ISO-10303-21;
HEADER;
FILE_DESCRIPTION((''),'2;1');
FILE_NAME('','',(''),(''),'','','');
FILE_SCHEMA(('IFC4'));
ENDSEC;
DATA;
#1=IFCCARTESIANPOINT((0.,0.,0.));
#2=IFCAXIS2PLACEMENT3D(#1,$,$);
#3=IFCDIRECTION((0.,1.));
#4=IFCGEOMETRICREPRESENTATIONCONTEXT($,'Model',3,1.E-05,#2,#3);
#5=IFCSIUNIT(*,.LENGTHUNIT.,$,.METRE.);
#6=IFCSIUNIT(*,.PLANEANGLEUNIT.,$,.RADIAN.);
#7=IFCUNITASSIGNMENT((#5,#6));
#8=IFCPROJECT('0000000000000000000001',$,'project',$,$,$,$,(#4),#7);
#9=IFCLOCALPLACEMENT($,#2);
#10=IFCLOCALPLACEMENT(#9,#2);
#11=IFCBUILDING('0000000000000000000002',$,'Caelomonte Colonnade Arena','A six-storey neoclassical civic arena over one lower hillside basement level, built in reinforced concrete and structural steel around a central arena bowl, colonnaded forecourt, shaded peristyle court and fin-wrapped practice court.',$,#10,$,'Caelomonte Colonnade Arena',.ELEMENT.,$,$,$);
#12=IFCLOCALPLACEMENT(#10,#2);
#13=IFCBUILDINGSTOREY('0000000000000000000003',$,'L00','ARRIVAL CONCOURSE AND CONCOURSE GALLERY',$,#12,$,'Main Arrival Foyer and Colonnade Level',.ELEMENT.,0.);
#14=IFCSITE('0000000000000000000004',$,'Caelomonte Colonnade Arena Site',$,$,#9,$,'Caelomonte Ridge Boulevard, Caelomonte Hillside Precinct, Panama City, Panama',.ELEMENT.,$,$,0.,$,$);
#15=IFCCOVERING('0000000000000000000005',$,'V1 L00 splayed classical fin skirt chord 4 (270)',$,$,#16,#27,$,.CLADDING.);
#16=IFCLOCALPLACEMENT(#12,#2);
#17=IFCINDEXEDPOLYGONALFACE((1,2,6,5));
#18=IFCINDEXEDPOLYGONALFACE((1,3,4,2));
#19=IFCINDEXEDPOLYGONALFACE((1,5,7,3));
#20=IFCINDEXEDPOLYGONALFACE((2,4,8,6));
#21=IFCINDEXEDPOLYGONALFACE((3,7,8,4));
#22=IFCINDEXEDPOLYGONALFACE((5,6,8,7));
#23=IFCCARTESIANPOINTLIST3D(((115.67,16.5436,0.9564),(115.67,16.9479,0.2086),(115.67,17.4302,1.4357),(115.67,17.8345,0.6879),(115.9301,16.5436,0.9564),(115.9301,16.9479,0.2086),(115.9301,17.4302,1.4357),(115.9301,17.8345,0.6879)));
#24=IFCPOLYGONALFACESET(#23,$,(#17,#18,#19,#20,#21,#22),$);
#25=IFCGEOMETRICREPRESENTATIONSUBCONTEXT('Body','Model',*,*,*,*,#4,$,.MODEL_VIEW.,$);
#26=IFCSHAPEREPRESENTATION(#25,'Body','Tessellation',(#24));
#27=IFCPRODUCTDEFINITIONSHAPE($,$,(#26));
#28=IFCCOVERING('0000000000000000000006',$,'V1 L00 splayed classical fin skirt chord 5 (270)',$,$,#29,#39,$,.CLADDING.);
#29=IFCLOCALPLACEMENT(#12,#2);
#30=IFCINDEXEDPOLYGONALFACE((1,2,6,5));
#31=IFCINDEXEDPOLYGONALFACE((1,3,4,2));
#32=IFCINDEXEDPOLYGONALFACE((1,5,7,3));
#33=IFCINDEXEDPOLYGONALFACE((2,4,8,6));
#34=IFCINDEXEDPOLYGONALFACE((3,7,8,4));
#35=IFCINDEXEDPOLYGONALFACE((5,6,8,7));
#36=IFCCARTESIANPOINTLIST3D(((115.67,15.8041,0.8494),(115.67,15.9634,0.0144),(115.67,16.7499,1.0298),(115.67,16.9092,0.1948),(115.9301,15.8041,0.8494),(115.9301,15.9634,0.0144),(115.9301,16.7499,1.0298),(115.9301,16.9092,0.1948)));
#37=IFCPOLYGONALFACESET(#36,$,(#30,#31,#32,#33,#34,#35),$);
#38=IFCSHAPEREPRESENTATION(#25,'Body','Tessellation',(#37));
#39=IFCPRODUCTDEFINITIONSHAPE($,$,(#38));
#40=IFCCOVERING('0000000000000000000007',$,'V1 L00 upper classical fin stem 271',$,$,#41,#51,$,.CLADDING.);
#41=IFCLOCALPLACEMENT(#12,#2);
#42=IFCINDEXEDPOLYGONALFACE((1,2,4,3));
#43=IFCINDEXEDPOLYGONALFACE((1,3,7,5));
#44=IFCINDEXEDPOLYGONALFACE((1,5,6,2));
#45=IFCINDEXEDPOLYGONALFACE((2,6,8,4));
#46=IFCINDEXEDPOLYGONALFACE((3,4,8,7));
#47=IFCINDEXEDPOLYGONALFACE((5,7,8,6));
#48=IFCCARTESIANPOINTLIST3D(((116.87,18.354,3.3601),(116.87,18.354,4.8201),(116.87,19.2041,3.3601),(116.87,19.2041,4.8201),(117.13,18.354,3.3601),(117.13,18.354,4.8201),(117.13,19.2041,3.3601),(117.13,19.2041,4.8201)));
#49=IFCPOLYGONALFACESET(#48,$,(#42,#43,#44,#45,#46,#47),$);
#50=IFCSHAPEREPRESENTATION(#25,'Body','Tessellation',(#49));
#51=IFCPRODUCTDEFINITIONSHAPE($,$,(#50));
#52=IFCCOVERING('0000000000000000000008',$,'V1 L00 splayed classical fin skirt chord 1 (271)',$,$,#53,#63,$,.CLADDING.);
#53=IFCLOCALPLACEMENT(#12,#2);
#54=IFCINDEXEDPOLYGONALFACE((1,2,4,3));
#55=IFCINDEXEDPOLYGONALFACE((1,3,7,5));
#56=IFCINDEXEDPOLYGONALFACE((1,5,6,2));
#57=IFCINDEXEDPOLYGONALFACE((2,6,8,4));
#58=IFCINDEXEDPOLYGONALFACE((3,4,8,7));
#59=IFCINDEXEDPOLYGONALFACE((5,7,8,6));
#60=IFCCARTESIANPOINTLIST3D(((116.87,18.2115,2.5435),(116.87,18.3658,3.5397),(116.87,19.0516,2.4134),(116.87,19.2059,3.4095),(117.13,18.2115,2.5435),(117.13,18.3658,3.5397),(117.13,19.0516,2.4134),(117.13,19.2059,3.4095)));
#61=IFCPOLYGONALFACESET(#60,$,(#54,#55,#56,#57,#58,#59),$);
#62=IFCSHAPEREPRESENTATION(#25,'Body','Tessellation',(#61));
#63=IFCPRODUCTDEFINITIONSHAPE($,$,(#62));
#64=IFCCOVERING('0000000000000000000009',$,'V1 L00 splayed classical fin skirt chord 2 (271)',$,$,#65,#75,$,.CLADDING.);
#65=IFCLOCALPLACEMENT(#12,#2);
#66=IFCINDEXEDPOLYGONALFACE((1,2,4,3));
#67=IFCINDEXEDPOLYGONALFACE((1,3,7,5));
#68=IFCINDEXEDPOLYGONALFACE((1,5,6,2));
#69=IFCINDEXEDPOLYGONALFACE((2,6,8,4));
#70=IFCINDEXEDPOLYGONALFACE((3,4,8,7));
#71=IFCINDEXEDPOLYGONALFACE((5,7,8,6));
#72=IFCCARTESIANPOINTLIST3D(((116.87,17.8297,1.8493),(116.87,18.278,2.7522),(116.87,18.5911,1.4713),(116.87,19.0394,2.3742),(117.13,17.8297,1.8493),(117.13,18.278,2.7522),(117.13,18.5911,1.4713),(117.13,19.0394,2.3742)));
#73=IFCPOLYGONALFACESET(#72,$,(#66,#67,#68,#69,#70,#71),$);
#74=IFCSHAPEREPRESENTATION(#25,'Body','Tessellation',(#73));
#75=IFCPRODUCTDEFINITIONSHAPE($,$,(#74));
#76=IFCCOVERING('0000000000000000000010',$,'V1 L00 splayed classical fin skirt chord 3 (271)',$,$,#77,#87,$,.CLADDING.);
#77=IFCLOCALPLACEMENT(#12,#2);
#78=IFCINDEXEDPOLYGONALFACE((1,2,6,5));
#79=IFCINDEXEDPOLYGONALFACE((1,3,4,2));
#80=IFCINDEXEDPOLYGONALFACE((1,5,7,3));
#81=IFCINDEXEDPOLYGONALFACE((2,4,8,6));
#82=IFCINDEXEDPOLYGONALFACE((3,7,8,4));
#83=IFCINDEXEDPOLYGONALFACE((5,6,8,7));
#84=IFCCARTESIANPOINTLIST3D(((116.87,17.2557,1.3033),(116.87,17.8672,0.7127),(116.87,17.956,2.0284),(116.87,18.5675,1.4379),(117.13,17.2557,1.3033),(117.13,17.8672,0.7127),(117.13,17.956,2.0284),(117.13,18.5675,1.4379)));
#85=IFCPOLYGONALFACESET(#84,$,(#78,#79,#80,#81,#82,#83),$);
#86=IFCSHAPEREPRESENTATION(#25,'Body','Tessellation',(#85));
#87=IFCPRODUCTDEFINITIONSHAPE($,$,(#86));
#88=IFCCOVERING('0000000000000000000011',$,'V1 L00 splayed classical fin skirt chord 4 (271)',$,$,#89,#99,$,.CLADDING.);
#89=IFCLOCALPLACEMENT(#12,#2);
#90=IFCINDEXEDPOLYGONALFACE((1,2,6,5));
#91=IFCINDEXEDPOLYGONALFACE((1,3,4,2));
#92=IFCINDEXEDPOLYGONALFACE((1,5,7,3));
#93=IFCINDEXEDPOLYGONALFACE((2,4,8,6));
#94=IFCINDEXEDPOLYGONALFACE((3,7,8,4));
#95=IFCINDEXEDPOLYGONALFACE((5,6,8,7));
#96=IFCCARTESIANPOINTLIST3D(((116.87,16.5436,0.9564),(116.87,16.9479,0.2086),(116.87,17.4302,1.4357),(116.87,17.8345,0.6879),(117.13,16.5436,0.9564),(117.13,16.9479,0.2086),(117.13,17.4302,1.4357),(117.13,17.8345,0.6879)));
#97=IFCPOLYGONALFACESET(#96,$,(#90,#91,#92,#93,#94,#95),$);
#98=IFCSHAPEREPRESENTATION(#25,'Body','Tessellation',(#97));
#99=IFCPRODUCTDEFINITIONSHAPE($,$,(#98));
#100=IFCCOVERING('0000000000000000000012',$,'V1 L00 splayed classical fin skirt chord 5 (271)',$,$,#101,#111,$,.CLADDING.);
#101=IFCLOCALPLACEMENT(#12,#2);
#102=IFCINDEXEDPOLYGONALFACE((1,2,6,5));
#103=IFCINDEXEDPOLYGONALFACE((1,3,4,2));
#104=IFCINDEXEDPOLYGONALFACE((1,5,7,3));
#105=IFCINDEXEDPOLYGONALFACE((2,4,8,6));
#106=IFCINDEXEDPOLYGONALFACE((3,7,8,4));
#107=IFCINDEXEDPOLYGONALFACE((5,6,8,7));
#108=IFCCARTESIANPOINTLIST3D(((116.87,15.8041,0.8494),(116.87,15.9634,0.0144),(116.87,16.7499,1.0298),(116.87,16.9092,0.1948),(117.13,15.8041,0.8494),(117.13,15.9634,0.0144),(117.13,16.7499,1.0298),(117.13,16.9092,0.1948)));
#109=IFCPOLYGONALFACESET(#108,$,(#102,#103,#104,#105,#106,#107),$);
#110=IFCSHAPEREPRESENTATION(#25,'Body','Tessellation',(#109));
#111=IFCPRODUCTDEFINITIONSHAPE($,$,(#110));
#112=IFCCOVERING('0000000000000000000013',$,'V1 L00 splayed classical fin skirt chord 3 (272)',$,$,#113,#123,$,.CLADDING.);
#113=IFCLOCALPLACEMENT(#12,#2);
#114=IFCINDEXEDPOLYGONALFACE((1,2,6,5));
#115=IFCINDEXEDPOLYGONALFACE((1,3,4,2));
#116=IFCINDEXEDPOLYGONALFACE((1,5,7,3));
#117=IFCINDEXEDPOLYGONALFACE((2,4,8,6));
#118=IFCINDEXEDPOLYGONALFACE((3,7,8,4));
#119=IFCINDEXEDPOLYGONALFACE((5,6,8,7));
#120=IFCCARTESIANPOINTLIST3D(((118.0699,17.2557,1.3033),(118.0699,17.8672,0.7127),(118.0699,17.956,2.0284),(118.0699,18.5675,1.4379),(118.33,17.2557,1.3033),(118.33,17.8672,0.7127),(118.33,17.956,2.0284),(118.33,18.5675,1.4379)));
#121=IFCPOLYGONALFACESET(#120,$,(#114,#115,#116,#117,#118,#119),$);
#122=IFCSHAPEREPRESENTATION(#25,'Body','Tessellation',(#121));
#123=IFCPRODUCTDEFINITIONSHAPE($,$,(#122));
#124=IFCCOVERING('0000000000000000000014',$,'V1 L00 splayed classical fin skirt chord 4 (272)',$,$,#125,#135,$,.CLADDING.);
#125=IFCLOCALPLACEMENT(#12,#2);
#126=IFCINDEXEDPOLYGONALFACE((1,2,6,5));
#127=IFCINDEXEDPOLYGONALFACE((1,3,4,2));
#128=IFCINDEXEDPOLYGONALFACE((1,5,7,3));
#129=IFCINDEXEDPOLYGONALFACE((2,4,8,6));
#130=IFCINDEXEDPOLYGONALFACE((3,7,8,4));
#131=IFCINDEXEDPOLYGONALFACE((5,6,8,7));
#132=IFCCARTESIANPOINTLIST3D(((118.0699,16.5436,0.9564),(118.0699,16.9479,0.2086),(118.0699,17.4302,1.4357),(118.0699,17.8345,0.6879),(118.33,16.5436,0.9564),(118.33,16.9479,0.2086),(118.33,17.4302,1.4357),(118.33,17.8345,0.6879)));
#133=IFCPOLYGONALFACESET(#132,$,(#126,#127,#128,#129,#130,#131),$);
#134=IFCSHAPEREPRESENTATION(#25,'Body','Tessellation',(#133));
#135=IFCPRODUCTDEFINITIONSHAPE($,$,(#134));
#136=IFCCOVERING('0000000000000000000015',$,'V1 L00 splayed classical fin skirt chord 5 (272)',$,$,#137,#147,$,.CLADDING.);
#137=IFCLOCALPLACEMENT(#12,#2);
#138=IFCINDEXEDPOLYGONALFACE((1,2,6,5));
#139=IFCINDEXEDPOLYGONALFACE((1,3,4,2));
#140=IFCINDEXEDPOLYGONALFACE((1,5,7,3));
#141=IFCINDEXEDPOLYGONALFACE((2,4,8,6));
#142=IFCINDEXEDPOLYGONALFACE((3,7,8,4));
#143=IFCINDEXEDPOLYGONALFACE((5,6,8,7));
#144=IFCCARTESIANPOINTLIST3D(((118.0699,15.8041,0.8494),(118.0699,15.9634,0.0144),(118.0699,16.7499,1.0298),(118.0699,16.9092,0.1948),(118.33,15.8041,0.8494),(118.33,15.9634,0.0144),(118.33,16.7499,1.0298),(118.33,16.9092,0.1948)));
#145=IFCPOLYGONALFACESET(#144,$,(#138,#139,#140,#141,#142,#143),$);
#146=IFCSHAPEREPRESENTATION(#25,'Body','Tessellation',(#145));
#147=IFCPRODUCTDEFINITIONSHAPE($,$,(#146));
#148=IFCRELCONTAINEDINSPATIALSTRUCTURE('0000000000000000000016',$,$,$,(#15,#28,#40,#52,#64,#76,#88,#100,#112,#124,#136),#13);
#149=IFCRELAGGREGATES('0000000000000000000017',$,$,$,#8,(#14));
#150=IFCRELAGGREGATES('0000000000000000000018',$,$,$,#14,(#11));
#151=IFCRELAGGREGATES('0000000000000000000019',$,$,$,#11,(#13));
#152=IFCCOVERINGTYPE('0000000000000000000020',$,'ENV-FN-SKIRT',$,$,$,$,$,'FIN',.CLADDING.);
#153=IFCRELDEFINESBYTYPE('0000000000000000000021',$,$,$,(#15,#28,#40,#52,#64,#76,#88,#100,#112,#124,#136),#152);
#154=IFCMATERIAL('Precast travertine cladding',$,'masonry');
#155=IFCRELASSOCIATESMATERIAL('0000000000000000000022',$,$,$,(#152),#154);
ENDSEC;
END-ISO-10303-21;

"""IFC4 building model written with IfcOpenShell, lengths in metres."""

from ifc_helpers import new_model, si_unit, direction, frame, origin, origin_2d, place, context, subcontext, project, spatial, rectangle, extrude, material, material_profile, profile_set, type_object, element, save


model = new_model("IFC4")

# Units and contexts
model_context = context("Model", 3, precision=1e-05, world=origin(), true_north=direction((0.0, 1.0)))
body_context = subcontext(model_context, "Body", "Model", "MODEL_VIEW")
ifc_project = project(units=[si_unit("LENGTHUNIT", "METRE"), si_unit("PLANEANGLEUNIT", "RADIAN")], contexts=[model_context])

# Site, building, storey
site_placement = place(None, origin())
site = spatial("IfcSite", under=ifc_project, at=site_placement, Name="Caelomonte Colonnade Arena Site", LongName="Caelomonte Ridge Boulevard, Caelomonte Hillside Precinct, Panama City, Panama", CompositionType="ELEMENT", RefElevation=0.0)
building_placement = place(site_placement, origin())
building = spatial("IfcBuilding", under=site, at=building_placement, Name="Caelomonte Colonnade Arena", Description="A six-storey neoclassical civic arena over one lower hillside basement level, built in reinforced concrete and structural steel around a central arena bowl, colonnaded forecourt, shaded peristyle court and fin-wrapped practice court.", LongName="Caelomonte Colonnade Arena", CompositionType="ELEMENT")
storey_placement = place(building_placement, origin())
storey = spatial("IfcBuildingStorey", under=building, at=storey_placement, Name="L00", Description="ARRIVAL CONCOURSE AND CONCOURSE GALLERY", LongName="Main Arrival Foyer and Colonnade Level", CompositionType="ELEMENT", Elevation=0.0)

# Coverings
ifc_material = material(Name="Precast travertine cladding", Category="masonry")
ifc_material_profile = material_profile(ifc_material, rectangle(XDim=0.26, YDim=0.8501, at=origin_2d()), Name="FIN260X850")
ifc_profile_set = profile_set([ifc_material_profile], Name="Precast travertine cladding")
covering_type = type_object("IfcCoveringType", Name="ENV-FN-SKIRT", ElementType="FIN", PredefinedType="CLADDING", material=ifc_profile_set)
covering_1_placement = place(storey_placement, frame((115.8, 17.6323, 1.0618), z_axis=(0.0, -0.879676, -0.475573), x_axis=(-1.0, 0.0, 0.0)))
element("IfcCovering", 1, at=covering_1_placement, inside=storey, type_object=covering_type, Name="V1 L00 splayed classical fin skirt chord 4 (270)", PredefinedType="CLADDING", context=body_context, shape_type="SweptSolid", body=[
    extrude(rectangle(XDim=0.26, YDim=0.8501, at=origin_2d()), origin(), (0.0, 0.0, 1.0), 1.0078),
])
covering_2_placement = place(storey_placement, frame((115.8, 16.8296, 0.6123), z_axis=(0.0, -0.982287, -0.18738), x_axis=(-1.0, 0.0, 0.0)))
element("IfcCovering", 2, at=covering_2_placement, inside=storey, type_object=covering_type, Name="V1 L00 splayed classical fin skirt chord 5 (270)", PredefinedType="CLADDING", context=body_context, shape_type="SweptSolid", body=[
    extrude(rectangle(XDim=0.26, YDim=0.8501, at=origin_2d()), origin(), (0.0, 0.0, 1.0), 0.9629),
])
covering_3_placement = place(storey_placement, frame((117.0, 18.7791, 3.3601), z_axis=(0.0, 0.0, 1.0), x_axis=(-1.0, 0.0, 0.0)))
element("IfcCovering", 3, at=covering_3_placement, inside=storey, type_object=covering_type, Name="V1 L00 upper classical fin stem 271", PredefinedType="CLADDING", context=body_context, shape_type="SweptSolid", body=[
    extrude(rectangle(XDim=0.26, YDim=0.8501, at=origin_2d()), origin(), (0.0, 0.0, 1.0), 1.46),
])
for number, where, z_axis, x_axis, name in (
    (4, (117.0, 18.7859, 3.4746), (0.0, -0.153076, -0.988214), (-1.0, 0.0, 0.0), "V1 L00 splayed classical fin skirt chord 1 (271)"),
    (5, (117.0, 18.6587, 2.5632), (0.0, -0.444693, -0.895683), (-1.0, 0.0, 0.0), "V1 L00 splayed classical fin skirt chord 2 (271)"),
    (6, (117.0, 18.2617, 1.7332), (0.0, -0.694646, -0.719351), (-1.0, 0.0, 0.0), "V1 L00 splayed classical fin skirt chord 3 (271)"),
):
    element("IfcCovering", number, at=place(storey_placement, frame(where, z_axis=z_axis, x_axis=x_axis)), inside=storey, type_object=covering_type, Name=name, PredefinedType="CLADDING", context=body_context, shape_type="SweptSolid", body=[
        extrude(rectangle(XDim=0.26, YDim=0.8501, at=origin_2d()), origin(), (0.0, 0.0, 1.0), 1.0081),
    ])
covering_4_placement = place(storey_placement, frame((117.0, 17.6323, 1.0618), z_axis=(0.0, -0.879676, -0.475573), x_axis=(-1.0, 0.0, 0.0)))
element("IfcCovering", 7, at=covering_4_placement, inside=storey, type_object=covering_type, Name="V1 L00 splayed classical fin skirt chord 4 (271)", PredefinedType="CLADDING", context=body_context, shape_type="SweptSolid", body=[
    extrude(rectangle(XDim=0.26, YDim=0.8501, at=origin_2d()), origin(), (0.0, 0.0, 1.0), 1.0078),
])
covering_5_placement = place(storey_placement, frame((117.0, 16.8296, 0.6123), z_axis=(0.0, -0.982287, -0.18738), x_axis=(-1.0, 0.0, 0.0)))
element("IfcCovering", 8, at=covering_5_placement, inside=storey, type_object=covering_type, Name="V1 L00 splayed classical fin skirt chord 5 (271)", PredefinedType="CLADDING", context=body_context, shape_type="SweptSolid", body=[
    extrude(rectangle(XDim=0.26, YDim=0.8501, at=origin_2d()), origin(), (0.0, 0.0, 1.0), 0.9629),
])
covering_6_placement = place(storey_placement, frame((118.2, 18.2617, 1.7332), z_axis=(0.0, -0.694646, -0.719351), x_axis=(-1.0, 0.0, 0.0)))
element("IfcCovering", 9, at=covering_6_placement, inside=storey, type_object=covering_type, Name="V1 L00 splayed classical fin skirt chord 3 (272)", PredefinedType="CLADDING", context=body_context, shape_type="SweptSolid", body=[
    extrude(rectangle(XDim=0.26, YDim=0.8501, at=origin_2d()), origin(), (0.0, 0.0, 1.0), 1.0081),
])
covering_7_placement = place(storey_placement, frame((118.2, 17.6323, 1.0618), z_axis=(0.0, -0.879676, -0.475573), x_axis=(-1.0, 0.0, 0.0)))
element("IfcCovering", 10, at=covering_7_placement, inside=storey, type_object=covering_type, Name="V1 L00 splayed classical fin skirt chord 4 (272)", PredefinedType="CLADDING", context=body_context, shape_type="SweptSolid", body=[
    extrude(rectangle(XDim=0.26, YDim=0.8501, at=origin_2d()), origin(), (0.0, 0.0, 1.0), 1.0078),
])
covering_8_placement = place(storey_placement, frame((118.2, 16.8296, 0.6123), z_axis=(0.0, -0.982287, -0.18738), x_axis=(-1.0, 0.0, 0.0)))
element("IfcCovering", 11, at=covering_8_placement, inside=storey, type_object=covering_type, Name="V1 L00 splayed classical fin skirt chord 5 (272)", PredefinedType="CLADDING", context=body_context, shape_type="SweptSolid", body=[
    extrude(rectangle(XDim=0.26, YDim=0.8501, at=origin_2d()), origin(), (0.0, 0.0, 1.0), 0.9629),
])

save(model, "model.ifc")
